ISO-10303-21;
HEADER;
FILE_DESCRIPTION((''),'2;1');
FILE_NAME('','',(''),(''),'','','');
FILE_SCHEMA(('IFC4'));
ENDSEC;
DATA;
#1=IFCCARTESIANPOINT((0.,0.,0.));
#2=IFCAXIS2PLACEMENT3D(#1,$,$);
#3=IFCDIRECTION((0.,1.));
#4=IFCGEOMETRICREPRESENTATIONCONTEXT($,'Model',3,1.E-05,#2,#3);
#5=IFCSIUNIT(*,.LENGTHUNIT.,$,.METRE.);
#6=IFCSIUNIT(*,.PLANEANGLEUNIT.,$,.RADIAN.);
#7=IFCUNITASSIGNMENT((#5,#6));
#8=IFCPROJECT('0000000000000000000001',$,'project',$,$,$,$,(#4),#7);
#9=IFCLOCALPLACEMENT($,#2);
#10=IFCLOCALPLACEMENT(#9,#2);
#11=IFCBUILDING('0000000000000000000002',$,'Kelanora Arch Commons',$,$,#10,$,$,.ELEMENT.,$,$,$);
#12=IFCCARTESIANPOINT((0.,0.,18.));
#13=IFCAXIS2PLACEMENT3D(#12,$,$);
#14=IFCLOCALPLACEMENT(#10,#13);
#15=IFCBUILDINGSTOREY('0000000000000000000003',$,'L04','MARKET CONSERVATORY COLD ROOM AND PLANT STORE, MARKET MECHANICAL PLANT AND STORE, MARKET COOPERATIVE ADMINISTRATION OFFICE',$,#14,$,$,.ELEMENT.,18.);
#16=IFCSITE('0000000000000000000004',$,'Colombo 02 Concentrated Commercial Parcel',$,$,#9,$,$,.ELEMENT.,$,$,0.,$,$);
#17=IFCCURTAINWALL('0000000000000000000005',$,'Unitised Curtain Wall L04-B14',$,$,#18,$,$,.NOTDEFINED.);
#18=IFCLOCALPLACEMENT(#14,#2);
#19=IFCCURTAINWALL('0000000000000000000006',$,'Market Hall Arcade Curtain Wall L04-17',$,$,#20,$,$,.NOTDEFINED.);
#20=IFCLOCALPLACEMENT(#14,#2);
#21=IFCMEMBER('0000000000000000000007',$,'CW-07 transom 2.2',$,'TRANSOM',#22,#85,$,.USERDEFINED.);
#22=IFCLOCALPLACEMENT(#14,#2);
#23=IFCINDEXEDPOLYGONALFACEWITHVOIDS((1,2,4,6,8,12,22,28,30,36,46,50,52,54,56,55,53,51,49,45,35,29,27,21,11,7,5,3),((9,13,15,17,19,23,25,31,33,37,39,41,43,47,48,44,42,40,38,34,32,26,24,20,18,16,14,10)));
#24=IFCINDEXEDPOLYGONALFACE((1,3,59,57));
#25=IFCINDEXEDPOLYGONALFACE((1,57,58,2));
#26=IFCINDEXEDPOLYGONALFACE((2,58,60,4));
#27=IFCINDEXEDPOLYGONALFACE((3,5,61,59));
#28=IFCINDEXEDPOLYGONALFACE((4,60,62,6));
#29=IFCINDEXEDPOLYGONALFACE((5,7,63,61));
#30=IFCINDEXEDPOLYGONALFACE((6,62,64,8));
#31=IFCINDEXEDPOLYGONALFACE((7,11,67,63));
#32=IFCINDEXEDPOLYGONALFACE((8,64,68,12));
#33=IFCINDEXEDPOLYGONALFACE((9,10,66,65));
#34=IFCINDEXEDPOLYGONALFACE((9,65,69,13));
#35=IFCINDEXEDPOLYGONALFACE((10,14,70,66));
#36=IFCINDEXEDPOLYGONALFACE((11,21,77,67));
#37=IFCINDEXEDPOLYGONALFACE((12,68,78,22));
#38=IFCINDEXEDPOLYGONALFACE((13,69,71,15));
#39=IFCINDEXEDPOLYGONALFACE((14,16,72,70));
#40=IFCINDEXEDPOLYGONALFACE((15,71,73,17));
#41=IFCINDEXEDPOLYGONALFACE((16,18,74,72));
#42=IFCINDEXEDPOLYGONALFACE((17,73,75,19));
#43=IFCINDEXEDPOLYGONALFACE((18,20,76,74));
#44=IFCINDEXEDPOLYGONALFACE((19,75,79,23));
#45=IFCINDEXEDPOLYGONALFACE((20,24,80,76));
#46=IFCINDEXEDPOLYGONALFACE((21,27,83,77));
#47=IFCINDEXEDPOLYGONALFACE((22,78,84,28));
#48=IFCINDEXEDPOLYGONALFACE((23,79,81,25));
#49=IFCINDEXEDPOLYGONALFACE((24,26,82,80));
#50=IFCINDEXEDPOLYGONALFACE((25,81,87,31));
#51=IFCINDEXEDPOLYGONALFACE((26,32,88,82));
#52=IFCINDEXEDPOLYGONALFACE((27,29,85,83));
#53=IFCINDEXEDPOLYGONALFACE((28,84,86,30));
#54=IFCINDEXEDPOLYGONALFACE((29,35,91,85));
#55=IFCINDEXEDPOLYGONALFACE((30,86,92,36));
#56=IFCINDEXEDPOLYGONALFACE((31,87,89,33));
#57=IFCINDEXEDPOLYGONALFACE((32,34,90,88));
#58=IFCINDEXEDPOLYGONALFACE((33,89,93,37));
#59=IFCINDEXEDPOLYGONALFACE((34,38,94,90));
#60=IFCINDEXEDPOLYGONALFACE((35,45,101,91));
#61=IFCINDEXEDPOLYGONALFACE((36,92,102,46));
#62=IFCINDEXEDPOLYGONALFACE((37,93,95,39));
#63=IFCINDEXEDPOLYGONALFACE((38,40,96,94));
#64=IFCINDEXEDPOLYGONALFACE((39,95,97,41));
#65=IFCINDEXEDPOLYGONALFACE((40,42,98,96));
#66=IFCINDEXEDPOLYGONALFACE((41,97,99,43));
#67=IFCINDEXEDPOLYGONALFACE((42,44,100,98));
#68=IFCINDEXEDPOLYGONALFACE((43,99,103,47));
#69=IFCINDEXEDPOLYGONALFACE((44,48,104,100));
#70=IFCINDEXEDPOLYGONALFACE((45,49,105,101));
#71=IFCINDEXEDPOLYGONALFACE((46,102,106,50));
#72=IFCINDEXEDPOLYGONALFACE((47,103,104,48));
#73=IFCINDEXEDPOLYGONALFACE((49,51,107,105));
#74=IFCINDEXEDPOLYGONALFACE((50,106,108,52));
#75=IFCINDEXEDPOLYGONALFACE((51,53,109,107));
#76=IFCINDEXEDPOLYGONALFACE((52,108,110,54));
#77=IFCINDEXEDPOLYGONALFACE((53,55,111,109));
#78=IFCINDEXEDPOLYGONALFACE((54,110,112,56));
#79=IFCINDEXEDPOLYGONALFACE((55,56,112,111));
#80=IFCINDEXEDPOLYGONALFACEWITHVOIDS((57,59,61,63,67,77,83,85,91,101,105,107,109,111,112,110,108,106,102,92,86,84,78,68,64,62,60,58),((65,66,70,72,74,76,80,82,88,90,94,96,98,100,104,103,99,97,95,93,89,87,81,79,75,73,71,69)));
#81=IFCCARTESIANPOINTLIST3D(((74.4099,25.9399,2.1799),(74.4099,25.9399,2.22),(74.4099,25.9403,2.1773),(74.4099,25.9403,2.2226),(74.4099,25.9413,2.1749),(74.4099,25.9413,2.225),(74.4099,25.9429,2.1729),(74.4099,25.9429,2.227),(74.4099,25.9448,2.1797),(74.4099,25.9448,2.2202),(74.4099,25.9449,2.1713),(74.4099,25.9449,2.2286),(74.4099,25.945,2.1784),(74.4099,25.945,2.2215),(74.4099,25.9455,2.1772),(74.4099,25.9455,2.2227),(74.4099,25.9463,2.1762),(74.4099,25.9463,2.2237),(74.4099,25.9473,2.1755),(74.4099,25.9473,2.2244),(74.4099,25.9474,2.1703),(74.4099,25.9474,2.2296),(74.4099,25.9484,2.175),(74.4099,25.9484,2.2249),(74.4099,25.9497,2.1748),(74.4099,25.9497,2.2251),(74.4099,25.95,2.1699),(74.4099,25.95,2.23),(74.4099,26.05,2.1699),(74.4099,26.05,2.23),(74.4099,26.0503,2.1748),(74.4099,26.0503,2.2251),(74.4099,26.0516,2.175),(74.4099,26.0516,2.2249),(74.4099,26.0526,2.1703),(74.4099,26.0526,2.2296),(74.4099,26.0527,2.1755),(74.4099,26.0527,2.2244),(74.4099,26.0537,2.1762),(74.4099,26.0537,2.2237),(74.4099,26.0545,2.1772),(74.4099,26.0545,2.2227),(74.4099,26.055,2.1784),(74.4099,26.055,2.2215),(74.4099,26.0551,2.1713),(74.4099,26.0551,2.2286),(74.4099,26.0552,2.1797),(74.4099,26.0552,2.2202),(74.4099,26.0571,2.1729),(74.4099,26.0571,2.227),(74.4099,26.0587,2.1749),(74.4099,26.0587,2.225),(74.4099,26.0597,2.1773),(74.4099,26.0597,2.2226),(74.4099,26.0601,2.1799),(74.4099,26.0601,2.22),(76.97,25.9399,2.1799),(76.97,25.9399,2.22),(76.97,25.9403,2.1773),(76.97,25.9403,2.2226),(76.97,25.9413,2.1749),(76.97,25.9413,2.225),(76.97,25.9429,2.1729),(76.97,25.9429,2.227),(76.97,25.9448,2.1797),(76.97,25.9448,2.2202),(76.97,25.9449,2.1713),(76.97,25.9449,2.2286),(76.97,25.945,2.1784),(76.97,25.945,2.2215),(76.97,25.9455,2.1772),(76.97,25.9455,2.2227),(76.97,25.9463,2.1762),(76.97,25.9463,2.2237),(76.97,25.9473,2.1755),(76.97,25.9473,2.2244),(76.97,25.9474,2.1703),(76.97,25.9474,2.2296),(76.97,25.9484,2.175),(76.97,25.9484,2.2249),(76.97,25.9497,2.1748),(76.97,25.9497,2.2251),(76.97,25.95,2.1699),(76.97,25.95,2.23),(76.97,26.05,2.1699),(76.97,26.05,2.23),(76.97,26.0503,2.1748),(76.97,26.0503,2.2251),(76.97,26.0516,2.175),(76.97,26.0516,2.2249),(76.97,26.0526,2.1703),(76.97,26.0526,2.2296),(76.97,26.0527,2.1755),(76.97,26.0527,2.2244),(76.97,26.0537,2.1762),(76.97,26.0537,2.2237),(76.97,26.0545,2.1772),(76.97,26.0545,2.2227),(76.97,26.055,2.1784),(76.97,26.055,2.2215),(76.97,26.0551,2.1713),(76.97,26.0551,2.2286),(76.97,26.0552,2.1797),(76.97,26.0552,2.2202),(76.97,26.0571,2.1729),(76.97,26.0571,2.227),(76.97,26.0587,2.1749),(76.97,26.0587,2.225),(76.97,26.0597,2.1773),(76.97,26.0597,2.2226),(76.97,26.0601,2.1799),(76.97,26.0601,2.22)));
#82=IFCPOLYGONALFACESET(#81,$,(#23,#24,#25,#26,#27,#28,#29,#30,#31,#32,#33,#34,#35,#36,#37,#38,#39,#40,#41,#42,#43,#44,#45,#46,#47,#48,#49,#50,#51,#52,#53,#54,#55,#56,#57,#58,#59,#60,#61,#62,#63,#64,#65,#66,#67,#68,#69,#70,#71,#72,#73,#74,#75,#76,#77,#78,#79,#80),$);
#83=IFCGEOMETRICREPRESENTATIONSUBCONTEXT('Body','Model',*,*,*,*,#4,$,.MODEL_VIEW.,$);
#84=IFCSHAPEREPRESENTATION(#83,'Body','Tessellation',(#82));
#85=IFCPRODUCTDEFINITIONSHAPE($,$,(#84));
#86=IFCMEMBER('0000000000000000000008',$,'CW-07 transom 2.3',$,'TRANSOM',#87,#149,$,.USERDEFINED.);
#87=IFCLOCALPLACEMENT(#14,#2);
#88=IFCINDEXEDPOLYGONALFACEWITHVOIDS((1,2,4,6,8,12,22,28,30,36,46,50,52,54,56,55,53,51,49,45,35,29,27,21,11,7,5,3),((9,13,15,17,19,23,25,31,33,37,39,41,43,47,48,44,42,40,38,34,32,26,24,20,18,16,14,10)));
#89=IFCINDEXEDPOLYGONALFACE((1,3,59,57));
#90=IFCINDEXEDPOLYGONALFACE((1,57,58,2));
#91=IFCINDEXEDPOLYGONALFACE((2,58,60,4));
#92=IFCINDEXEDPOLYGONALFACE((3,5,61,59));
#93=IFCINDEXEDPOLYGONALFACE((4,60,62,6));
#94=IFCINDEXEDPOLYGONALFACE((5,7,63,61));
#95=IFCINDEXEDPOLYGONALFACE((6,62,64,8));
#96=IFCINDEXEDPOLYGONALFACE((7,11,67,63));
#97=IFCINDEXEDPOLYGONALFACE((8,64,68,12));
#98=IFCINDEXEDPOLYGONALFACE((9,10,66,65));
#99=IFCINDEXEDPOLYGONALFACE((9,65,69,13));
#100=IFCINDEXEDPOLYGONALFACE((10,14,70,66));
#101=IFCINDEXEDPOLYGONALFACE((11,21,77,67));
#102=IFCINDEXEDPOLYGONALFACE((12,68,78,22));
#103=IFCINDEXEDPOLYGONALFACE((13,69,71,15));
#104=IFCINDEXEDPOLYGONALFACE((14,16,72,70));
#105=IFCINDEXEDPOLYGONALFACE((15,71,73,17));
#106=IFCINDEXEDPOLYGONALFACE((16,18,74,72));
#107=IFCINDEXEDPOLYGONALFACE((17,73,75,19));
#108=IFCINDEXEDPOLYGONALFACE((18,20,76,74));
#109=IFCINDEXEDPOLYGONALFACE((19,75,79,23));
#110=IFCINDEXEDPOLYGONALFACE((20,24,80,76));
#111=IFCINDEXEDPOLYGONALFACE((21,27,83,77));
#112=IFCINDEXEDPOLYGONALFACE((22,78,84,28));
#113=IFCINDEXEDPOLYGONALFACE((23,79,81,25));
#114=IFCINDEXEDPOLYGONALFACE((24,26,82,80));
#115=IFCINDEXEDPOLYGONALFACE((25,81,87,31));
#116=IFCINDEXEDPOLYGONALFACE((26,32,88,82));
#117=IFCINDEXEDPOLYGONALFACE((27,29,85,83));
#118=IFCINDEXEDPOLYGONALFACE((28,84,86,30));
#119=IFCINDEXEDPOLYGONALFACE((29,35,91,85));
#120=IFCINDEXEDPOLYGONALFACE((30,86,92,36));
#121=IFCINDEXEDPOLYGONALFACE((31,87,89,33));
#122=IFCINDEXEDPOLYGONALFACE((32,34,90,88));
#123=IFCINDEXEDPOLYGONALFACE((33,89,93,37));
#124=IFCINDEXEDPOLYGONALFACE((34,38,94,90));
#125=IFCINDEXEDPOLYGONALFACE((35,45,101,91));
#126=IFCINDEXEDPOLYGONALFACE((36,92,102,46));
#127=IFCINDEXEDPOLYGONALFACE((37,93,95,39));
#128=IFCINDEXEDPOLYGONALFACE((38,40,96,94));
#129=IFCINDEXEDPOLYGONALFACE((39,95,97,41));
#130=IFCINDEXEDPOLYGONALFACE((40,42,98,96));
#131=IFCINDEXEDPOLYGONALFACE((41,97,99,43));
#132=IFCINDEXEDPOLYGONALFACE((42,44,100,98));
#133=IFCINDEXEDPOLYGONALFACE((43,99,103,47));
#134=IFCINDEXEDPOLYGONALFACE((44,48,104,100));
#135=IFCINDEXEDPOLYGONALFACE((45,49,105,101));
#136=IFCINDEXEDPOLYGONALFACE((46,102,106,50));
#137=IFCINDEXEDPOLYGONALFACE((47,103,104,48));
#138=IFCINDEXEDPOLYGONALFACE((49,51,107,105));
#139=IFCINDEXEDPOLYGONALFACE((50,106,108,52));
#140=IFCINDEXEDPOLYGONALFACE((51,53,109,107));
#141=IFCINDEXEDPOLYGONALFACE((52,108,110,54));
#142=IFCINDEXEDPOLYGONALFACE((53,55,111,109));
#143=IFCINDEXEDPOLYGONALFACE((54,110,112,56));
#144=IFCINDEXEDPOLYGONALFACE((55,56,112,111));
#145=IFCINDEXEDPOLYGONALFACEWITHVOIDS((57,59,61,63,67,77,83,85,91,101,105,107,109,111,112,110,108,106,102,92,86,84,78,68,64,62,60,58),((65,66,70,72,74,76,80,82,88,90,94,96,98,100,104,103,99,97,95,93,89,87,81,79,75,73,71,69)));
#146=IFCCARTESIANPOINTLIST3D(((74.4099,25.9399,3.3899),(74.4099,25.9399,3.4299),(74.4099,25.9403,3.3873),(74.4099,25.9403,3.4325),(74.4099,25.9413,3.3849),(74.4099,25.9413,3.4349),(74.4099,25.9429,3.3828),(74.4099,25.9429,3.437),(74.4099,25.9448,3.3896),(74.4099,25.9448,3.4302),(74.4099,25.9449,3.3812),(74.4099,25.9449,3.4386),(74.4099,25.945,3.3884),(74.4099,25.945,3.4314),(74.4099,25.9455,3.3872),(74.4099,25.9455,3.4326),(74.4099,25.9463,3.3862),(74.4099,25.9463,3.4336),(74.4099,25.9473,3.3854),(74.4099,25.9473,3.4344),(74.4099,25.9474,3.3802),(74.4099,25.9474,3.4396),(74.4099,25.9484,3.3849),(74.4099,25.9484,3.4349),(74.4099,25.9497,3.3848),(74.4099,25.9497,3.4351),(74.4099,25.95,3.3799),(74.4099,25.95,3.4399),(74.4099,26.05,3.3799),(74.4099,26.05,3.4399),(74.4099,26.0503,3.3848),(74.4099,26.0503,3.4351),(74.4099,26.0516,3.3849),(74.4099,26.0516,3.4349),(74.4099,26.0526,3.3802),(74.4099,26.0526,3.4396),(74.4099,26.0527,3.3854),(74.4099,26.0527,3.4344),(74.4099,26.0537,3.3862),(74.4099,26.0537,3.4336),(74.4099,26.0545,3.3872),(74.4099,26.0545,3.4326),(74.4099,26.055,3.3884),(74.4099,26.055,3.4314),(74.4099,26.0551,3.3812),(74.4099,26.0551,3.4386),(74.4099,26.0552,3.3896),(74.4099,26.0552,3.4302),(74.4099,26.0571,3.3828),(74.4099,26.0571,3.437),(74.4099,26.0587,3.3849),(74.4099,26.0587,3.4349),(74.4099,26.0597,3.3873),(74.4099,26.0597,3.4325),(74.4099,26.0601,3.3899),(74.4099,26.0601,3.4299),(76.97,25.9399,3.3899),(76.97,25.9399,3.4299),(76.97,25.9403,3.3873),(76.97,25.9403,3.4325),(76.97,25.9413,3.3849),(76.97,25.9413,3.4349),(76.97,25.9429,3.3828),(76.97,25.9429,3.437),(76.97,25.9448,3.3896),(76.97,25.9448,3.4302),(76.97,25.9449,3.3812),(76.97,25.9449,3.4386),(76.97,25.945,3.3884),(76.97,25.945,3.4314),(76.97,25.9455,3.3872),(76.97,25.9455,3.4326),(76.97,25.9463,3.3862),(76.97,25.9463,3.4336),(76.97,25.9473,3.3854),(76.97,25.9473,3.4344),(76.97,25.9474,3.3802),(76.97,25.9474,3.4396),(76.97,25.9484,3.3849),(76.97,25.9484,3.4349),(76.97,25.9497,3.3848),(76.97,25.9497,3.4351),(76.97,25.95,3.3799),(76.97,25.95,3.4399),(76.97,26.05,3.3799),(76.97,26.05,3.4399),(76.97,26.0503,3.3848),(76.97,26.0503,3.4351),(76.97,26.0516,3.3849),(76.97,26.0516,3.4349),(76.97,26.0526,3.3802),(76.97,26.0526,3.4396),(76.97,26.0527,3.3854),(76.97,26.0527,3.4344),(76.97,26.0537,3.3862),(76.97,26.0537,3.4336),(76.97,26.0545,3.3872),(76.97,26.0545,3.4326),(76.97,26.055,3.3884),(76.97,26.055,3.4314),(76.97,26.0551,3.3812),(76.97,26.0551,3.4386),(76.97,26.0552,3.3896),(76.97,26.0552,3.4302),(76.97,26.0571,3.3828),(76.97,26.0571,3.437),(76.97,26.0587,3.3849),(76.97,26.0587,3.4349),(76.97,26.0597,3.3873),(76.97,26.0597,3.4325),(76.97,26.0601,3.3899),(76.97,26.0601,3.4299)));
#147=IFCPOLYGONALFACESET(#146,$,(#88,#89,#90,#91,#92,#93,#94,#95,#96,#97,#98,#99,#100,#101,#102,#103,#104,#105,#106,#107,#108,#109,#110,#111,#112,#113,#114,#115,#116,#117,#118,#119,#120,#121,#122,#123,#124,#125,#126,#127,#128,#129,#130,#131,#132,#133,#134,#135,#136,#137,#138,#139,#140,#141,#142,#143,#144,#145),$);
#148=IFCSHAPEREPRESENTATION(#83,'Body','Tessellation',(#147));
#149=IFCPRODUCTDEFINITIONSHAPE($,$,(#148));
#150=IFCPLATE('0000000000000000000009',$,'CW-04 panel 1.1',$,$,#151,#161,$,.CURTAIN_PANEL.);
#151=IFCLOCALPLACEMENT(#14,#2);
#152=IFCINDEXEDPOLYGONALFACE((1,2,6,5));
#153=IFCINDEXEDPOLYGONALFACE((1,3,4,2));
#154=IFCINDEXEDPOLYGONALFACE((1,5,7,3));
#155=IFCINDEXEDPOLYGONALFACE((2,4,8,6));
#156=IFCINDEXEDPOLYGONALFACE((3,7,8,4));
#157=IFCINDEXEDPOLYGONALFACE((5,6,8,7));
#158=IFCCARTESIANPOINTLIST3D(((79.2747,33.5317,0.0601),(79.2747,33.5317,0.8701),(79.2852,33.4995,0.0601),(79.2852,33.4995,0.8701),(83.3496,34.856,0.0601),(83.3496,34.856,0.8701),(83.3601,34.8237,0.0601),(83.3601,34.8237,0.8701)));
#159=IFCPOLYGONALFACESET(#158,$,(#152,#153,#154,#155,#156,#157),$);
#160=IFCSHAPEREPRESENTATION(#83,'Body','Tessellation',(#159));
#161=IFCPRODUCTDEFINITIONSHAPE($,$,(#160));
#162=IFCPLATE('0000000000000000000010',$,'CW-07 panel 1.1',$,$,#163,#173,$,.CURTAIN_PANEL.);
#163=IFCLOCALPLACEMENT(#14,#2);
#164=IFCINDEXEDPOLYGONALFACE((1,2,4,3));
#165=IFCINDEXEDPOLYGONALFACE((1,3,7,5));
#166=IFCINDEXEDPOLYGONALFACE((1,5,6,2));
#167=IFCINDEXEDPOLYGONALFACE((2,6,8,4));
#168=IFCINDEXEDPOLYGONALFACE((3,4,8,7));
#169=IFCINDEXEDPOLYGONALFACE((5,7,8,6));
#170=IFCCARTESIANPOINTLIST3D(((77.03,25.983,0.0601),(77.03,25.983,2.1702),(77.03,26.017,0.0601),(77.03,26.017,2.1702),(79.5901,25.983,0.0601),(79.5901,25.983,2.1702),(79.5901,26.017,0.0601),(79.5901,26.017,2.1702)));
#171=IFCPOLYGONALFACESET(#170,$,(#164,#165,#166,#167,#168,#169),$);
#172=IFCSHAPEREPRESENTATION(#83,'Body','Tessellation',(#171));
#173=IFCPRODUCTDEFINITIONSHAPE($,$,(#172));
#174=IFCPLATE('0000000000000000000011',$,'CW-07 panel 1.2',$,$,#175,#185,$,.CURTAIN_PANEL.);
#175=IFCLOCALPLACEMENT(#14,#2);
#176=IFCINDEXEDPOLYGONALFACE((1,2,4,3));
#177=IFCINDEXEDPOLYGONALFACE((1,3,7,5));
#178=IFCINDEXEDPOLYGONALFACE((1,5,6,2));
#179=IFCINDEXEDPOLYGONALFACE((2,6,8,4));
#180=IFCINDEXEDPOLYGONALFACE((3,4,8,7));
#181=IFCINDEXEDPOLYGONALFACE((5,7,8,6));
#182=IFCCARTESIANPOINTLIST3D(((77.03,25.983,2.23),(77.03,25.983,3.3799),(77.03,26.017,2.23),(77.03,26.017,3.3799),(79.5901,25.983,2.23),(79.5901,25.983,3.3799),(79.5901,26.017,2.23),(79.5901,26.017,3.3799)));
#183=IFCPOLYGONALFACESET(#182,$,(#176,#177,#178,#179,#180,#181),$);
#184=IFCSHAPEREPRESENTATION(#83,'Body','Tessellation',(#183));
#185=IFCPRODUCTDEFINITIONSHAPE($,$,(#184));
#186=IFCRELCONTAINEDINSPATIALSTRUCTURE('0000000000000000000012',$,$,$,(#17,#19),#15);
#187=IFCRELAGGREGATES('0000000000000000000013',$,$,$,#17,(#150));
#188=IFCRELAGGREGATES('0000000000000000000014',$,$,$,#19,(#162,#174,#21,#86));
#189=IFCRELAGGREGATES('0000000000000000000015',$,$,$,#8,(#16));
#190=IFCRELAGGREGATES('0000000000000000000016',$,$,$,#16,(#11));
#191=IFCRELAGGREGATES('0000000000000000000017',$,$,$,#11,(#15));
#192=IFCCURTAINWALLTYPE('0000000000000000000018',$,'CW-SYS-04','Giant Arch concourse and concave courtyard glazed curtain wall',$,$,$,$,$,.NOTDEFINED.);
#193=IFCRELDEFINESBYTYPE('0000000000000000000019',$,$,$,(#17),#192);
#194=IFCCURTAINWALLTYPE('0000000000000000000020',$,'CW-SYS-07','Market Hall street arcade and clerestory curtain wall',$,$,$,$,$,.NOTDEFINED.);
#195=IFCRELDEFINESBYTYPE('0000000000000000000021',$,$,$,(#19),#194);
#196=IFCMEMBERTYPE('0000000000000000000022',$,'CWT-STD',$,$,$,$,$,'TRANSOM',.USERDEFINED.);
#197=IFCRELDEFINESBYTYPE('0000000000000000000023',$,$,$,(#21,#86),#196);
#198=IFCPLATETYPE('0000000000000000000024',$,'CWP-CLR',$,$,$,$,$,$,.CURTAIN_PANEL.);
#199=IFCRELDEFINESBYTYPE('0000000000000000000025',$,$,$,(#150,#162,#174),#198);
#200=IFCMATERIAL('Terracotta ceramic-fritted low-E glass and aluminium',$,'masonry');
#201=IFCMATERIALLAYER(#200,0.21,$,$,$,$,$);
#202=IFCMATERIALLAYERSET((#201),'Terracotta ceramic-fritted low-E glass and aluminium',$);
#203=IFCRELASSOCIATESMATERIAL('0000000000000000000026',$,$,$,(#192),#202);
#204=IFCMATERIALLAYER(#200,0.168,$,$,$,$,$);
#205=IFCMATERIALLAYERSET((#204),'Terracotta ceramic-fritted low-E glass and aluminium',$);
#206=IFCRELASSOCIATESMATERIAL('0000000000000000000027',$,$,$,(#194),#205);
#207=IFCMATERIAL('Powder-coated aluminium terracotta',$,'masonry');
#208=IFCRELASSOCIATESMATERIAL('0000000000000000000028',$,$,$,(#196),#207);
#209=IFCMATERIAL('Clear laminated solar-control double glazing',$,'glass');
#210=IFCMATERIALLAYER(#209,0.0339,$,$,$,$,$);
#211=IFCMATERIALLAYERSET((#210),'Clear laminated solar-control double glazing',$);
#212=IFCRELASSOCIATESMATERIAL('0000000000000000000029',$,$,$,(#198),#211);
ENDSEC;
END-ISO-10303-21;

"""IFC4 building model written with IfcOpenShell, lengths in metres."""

from ifc_helpers import new_model, si_unit, direction, frame, origin, origin_2d, place, context, subcontext, project, spatial, rectangle, hollow_rectangle, extrude, source, transform, mapped, material, layer, layer_set, material_profile, profile_set, type_object, element, aggregate, save


model = new_model("IFC4")

# Units and contexts
model_context = context("Model", 3, precision=1e-05, world=origin(), true_north=direction((0.0, 1.0)))
body_context = subcontext(model_context, "Body", "Model", "MODEL_VIEW")
ifc_project = project(units=[si_unit("LENGTHUNIT", "METRE"), si_unit("PLANEANGLEUNIT", "RADIAN")], contexts=[model_context])

# Site, building, storey
site_placement = place(None, origin())
site = spatial("IfcSite", under=ifc_project, at=site_placement, Name="Colombo 02 Concentrated Commercial Parcel", CompositionType="ELEMENT", RefElevation=0.0)
building_placement = place(site_placement, origin())
building = spatial("IfcBuilding", under=site, at=building_placement, Name="Kelanora Arch Commons", CompositionType="ELEMENT")
storey_placement = place(building_placement, frame((0.0, 0.0, 18.0)))
storey = spatial("IfcBuildingStorey", under=building, at=storey_placement, Name="L04", Description="MARKET CONSERVATORY COLD ROOM AND PLANT STORE, MARKET MECHANICAL PLANT AND STORE, MARKET COOPERATIVE ADMINISTRATION OFFICE", CompositionType="ELEMENT", Elevation=18.0)

# Curtain wall
ifc_material_1 = material(Name="Terracotta ceramic-fritted low-E glass and aluminium", Category="masonry")
ifc_layer_1 = layer(ifc_material_1, 0.21)
ifc_layer_set_1 = layer_set([ifc_layer_1], Name="Terracotta ceramic-fritted low-E glass and aluminium")
curtain_wall_type_1 = type_object("IfcCurtainWallType", Name="CW-SYS-04", Description="Giant Arch concourse and concave courtyard glazed curtain wall", PredefinedType="NOTDEFINED", material=ifc_layer_set_1)
curtain_wall_1_placement = place(storey_placement, origin())
curtain_wall_1 = element("IfcCurtainWall", 1, at=curtain_wall_1_placement, inside=storey, type_object=curtain_wall_type_1, Name="Unitised Curtain Wall L04-B14", PredefinedType="NOTDEFINED")
ifc_material_2 = material(Name="Powder-coated aluminium terracotta", Category="masonry")

# Curtain wall
ifc_layer_2 = layer(ifc_material_1, 0.168)
ifc_layer_set_2 = layer_set([ifc_layer_2], Name="Terracotta ceramic-fritted low-E glass and aluminium")
curtain_wall_type_2 = type_object("IfcCurtainWallType", Name="CW-SYS-07", Description="Market Hall street arcade and clerestory curtain wall", PredefinedType="NOTDEFINED", material=ifc_layer_set_2)
curtain_wall_2_placement = place(storey_placement, origin())
curtain_wall_2 = element("IfcCurtainWall", 2, at=curtain_wall_2_placement, inside=storey, type_object=curtain_wall_type_2, Name="Market Hall Arcade Curtain Wall L04-17", PredefinedType="NOTDEFINED")

# Members
ifc_material_profile_1 = material_profile(ifc_material_2, hollow_rectangle(XDim=0.1201, YDim=0.0601, WallThickness=0.0049, InnerFilletRadius=0.0049, OuterFilletRadius=0.01, at=origin_2d()), Name="CWT120x60")
ifc_profile_set_1 = profile_set([ifc_material_profile_1], Name="Powder-coated aluminium terracotta")
member_type_1 = type_object("IfcMemberType", Name="CWT-STD", ElementType="TRANSOM", PredefinedType="USERDEFINED", material=ifc_profile_set_1)
member_1_placement = place(storey_placement, frame((76.97, 26.0, 2.2), z_axis=(-1.0, 0.0, 0.0), x_axis=(0.0, -1.0, 0.0)))
member_1 = element("IfcMember", 3, at=member_1_placement, type_object=member_type_1, Name="CW-07 transom 2.2", ObjectType="TRANSOM", PredefinedType="USERDEFINED", context=body_context, shape_type="SweptSolid", body=[
    extrude(hollow_rectangle(XDim=0.1201, YDim=0.0601, WallThickness=0.0049, InnerFilletRadius=0.0049, OuterFilletRadius=0.01, at=origin_2d()), origin(), (0.0, 0.0, 1.0), 2.5601),
])
member_2_placement = place(storey_placement, frame((76.97, 26.0, 3.4099), z_axis=(-1.0, 0.0, 0.0), x_axis=(0.0, -1.0, 0.0)))
member_2 = element("IfcMember", 4, at=member_2_placement, type_object=member_type_1, Name="CW-07 transom 2.3", ObjectType="TRANSOM", PredefinedType="USERDEFINED", context=body_context, shape_type="SweptSolid", body=[
    extrude(hollow_rectangle(XDim=0.1201, YDim=0.0601, WallThickness=0.0049, InnerFilletRadius=0.0049, OuterFilletRadius=0.01, at=origin_2d()), origin(), (0.0, 0.0, 1.0), 2.5601),
])

# Plates
ifc_material_3 = material(Name="Clear laminated solar-control double glazing", Category="glass")
ifc_layer_3 = layer(ifc_material_3, 0.0339)
ifc_layer_set_3 = layer_set([ifc_layer_3], Name="Clear laminated solar-control double glazing")
plate_type = type_object("IfcPlateType", Name="CWP-CLR", PredefinedType="CURTAIN_PANEL", material=ifc_layer_set_3)
shared_shape_1 = source(origin(), body_context, "Body", "SweptSolid", [
    extrude(rectangle(XDim=4.2847, YDim=0.0339, at=origin_2d()), origin(), (0.0, 0.0, 1.0), 0.8101),
])
plate_1_placement = place(storey_placement, frame((81.3174, 34.1777, 0.0601), z_axis=(0.0, 0.0, 1.0), x_axis=(0.951039, 0.30907, 0.0)))
plate_1 = element("IfcPlate", 5, at=plate_1_placement, type_object=plate_type, Name="CW-04 panel 1.1", PredefinedType="CURTAIN_PANEL", context=body_context, shape_type="MappedRepresentation", body=[
    mapped(shared_shape_1, transform((0.0, 0.0, 0.0), scale=1.0)),
])
aggregate(curtain_wall_1, [plate_1])
shared_shape_2 = source(origin(), body_context, "Body", "SweptSolid", [
    extrude(rectangle(XDim=2.5601, YDim=0.0339, at=origin_2d()), origin(), (0.0, 0.0, 1.0), 2.1101),
])
plate_2_placement = place(storey_placement, frame((78.3101, 26.0, 0.0601), z_axis=(0.0, 0.0, 1.0), x_axis=(-1.0, 0.0, 0.0)))
plate_2 = element("IfcPlate", 6, at=plate_2_placement, type_object=plate_type, Name="CW-07 panel 1.1", PredefinedType="CURTAIN_PANEL", context=body_context, shape_type="MappedRepresentation", body=[
    mapped(shared_shape_2, transform((0.0, 0.0, 0.0), scale=1.0)),
])
shared_shape_3 = source(origin(), body_context, "Body", "SweptSolid", [
    extrude(rectangle(XDim=2.5601, YDim=0.0339, at=origin_2d()), origin(), (0.0, 0.0, 1.0), 1.1499),
])
plate_3_placement = place(storey_placement, frame((78.3101, 26.0, 2.23), z_axis=(0.0, 0.0, 1.0), x_axis=(-1.0, 0.0, 0.0)))
plate_3 = element("IfcPlate", 7, at=plate_3_placement, type_object=plate_type, Name="CW-07 panel 1.2", PredefinedType="CURTAIN_PANEL", context=body_context, shape_type="MappedRepresentation", body=[
    mapped(shared_shape_3, transform((0.0, 0.0, 0.0), scale=1.0)),
])
aggregate(curtain_wall_2, [plate_2, plate_3, member_1, member_2])

save(model, "model.ifc")
